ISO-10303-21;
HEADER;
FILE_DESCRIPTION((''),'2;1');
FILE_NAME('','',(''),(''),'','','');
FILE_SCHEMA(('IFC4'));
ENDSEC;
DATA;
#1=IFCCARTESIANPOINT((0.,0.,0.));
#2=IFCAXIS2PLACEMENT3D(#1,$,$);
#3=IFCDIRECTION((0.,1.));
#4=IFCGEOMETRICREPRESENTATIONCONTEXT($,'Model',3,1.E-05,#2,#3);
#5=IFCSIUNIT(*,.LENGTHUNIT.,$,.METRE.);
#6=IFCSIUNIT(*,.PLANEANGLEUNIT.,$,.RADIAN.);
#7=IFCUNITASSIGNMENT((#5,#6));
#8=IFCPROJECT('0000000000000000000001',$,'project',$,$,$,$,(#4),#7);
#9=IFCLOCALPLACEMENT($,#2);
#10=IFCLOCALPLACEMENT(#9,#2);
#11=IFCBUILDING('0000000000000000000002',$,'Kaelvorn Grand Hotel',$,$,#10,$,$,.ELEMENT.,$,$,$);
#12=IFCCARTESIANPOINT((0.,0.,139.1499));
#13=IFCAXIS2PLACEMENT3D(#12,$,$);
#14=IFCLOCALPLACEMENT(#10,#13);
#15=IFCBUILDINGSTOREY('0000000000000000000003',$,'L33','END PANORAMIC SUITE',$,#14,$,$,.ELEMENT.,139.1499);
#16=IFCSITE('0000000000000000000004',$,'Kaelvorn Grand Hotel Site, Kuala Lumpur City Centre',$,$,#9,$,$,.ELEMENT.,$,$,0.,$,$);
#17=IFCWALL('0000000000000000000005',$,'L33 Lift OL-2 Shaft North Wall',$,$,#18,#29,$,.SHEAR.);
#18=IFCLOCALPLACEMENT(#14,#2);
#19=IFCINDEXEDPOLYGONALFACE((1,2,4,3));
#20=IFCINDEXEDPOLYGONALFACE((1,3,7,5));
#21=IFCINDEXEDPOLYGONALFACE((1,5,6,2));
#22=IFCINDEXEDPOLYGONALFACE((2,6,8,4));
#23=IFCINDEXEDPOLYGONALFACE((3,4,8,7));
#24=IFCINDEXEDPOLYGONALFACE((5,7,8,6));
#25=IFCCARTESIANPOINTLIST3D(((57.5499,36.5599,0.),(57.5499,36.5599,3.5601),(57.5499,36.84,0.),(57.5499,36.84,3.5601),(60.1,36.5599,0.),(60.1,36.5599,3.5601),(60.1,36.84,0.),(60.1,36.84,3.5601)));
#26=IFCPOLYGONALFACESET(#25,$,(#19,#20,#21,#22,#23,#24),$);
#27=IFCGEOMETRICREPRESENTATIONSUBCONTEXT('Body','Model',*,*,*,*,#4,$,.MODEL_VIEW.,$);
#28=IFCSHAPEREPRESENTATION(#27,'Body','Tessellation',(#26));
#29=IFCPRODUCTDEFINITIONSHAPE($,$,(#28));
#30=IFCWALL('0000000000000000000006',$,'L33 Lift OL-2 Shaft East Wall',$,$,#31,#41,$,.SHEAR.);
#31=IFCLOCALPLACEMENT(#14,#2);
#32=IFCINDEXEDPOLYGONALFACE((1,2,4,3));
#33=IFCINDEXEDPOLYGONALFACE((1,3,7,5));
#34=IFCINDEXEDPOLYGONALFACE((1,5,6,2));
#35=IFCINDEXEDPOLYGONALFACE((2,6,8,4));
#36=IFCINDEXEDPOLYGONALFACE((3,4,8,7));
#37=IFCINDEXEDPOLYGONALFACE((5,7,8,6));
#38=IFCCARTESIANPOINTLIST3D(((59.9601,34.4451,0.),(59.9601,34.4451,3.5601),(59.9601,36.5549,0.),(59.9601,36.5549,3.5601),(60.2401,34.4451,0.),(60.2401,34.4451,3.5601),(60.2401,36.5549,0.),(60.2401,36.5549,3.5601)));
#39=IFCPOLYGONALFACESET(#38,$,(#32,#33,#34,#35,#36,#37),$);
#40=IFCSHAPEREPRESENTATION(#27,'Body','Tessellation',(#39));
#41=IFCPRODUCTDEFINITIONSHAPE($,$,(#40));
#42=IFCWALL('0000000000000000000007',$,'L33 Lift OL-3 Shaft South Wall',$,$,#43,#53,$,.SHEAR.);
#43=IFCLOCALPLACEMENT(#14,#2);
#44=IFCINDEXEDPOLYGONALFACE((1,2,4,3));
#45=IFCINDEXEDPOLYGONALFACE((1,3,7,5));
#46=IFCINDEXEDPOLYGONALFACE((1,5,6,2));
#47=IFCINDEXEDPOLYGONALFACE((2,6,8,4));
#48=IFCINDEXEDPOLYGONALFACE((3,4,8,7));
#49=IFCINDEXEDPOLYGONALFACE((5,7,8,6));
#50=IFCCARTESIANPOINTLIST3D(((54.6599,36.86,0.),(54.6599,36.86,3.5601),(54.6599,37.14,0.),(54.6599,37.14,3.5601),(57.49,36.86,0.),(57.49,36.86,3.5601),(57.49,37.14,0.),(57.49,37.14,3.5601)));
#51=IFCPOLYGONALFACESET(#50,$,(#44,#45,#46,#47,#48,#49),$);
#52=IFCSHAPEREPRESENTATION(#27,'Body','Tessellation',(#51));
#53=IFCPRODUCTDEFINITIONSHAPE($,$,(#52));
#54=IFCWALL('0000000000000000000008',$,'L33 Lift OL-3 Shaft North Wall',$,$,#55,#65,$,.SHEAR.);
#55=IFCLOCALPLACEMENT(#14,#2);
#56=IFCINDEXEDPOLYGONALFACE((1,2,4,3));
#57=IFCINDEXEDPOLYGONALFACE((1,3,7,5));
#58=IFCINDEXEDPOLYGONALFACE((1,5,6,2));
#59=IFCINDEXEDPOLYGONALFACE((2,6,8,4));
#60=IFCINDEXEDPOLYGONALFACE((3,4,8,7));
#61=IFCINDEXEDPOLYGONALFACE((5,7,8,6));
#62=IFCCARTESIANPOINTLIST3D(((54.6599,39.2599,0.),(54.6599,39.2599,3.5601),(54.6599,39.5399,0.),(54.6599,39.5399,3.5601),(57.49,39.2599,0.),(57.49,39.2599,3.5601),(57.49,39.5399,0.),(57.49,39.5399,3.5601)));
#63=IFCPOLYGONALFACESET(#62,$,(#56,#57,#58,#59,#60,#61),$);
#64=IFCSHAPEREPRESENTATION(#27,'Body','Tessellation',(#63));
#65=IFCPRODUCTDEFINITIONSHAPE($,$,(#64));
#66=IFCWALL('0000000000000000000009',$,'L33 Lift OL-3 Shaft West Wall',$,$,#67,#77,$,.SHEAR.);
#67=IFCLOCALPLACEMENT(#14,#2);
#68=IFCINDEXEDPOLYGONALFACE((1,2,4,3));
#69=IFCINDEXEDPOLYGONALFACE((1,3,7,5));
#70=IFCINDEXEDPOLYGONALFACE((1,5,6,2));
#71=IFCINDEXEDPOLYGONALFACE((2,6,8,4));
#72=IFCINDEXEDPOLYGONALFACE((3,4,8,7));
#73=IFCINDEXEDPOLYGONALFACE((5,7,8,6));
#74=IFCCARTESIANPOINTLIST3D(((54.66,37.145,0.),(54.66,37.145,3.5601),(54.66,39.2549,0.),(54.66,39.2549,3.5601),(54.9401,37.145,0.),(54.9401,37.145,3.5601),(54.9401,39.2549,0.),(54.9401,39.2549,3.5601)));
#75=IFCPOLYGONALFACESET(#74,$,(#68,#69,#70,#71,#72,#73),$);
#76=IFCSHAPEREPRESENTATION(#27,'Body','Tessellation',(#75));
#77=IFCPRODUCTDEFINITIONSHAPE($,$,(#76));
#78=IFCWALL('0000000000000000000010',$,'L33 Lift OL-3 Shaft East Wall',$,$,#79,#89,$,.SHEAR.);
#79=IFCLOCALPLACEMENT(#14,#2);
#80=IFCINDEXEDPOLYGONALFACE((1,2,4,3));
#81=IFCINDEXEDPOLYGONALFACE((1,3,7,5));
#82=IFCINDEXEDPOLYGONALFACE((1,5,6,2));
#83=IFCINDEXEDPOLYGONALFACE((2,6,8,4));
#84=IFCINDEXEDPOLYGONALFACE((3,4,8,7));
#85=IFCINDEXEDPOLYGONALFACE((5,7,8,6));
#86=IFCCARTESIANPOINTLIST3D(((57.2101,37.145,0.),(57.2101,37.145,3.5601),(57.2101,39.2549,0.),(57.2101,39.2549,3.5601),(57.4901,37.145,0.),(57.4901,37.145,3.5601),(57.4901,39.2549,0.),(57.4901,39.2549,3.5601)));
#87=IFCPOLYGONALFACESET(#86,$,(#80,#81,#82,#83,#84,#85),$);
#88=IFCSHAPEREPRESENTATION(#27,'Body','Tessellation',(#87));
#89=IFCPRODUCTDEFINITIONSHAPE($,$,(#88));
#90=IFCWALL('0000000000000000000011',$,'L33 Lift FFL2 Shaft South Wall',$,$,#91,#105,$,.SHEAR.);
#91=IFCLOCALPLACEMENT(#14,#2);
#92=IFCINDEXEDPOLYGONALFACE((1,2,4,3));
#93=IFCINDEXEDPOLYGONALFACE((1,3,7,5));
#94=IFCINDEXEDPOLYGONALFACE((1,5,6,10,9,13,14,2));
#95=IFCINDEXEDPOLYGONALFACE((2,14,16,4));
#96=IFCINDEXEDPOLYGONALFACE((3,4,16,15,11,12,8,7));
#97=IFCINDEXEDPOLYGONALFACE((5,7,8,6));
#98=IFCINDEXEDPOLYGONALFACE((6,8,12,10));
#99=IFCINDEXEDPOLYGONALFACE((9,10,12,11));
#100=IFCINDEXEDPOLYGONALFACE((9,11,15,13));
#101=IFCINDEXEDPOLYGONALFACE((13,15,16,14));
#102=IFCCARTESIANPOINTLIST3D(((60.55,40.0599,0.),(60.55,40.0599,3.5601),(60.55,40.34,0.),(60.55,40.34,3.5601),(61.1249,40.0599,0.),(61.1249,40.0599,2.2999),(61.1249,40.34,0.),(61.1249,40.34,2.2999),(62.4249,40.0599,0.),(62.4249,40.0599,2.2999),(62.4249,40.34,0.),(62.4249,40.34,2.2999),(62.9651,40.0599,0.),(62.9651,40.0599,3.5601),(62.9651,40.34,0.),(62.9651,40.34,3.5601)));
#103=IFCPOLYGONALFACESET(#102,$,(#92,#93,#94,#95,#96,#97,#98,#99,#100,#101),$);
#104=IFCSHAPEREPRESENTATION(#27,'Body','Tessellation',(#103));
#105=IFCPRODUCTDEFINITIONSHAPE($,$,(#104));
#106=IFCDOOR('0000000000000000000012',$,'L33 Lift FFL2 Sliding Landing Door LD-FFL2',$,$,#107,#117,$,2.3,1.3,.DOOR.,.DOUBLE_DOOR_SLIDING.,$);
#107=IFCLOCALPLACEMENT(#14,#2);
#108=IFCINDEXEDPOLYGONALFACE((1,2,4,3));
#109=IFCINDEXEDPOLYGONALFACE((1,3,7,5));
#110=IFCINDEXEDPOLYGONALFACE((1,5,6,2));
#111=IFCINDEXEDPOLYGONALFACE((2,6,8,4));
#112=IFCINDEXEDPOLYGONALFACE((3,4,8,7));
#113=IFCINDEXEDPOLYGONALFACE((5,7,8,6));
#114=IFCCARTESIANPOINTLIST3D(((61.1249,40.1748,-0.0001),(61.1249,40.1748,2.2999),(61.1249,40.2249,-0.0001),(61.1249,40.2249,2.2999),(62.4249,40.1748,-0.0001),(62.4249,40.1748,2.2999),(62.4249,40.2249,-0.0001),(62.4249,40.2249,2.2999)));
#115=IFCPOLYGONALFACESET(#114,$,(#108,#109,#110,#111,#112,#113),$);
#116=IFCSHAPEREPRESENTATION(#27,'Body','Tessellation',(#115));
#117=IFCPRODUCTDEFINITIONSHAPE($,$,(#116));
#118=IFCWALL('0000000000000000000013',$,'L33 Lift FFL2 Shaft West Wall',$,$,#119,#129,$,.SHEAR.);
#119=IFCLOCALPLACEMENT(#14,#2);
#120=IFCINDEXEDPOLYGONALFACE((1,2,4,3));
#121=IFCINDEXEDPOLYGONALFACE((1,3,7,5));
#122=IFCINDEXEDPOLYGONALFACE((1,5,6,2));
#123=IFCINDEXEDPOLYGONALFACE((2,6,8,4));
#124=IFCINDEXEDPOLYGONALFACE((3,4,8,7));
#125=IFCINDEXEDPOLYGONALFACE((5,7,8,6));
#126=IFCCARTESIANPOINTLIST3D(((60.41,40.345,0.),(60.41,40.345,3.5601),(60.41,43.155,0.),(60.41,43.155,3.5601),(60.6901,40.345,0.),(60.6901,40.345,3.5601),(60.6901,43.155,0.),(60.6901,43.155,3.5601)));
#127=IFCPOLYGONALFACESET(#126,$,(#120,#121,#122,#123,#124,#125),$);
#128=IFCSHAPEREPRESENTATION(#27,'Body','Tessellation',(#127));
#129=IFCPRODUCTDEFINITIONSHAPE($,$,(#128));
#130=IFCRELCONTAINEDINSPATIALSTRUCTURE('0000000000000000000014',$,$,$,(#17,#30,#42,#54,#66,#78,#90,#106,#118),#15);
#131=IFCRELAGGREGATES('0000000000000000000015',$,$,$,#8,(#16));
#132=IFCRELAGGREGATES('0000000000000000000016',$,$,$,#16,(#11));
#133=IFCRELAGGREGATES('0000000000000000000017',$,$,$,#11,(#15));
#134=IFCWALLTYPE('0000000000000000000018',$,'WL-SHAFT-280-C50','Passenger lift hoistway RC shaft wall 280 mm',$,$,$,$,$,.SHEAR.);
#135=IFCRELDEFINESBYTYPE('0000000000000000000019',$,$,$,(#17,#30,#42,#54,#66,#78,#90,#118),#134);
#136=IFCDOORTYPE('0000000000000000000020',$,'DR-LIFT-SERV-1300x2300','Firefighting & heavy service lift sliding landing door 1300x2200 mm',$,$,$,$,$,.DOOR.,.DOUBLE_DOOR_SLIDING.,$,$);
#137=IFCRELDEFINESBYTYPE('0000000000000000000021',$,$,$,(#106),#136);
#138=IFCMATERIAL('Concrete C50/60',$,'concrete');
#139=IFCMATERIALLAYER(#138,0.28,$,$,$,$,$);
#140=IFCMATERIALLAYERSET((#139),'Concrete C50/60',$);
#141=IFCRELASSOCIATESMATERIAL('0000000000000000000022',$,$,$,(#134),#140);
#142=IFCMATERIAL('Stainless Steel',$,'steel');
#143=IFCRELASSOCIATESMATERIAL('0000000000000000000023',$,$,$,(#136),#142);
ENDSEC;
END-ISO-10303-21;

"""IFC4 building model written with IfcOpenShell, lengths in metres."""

from ifc_helpers import new_model, si_unit, direction, frame, frame_2d, origin, place, context, subcontext, project, spatial, rectangle, extrude, material, layer, layer_set, type_object, element, fill, save


model = new_model("IFC4")

# Units and contexts
model_context = context("Model", 3, precision=1e-05, world=origin(), true_north=direction((0.0, 1.0)))
body_context = subcontext(model_context, "Body", "Model", "MODEL_VIEW")
ifc_project = project(units=[si_unit("LENGTHUNIT", "METRE"), si_unit("PLANEANGLEUNIT", "RADIAN")], contexts=[model_context])

# Site, building, storey
site_placement = place(None, origin())
site = spatial("IfcSite", under=ifc_project, at=site_placement, Name="Kaelvorn Grand Hotel Site, Kuala Lumpur City Centre", CompositionType="ELEMENT", RefElevation=0.0)
building_placement = place(site_placement, origin())
building = spatial("IfcBuilding", under=site, at=building_placement, Name="Kaelvorn Grand Hotel", CompositionType="ELEMENT")
storey_placement = place(building_placement, frame((0.0, 0.0, 139.1499)))
storey = spatial("IfcBuildingStorey", under=building, at=storey_placement, Name="L33", Description="END PANORAMIC SUITE", CompositionType="ELEMENT", Elevation=139.1499)

# Walls
ifc_material_1 = material(Name="Concrete C50/60", Category="concrete")
ifc_layer_1 = layer(ifc_material_1, 0.28)
ifc_layer_set_1 = layer_set([ifc_layer_1], Name="Concrete C50/60")
wall_type_1 = type_object("IfcWallType", Name="WL-SHAFT-280-C50", Description="Passenger lift hoistway RC shaft wall 280 mm", PredefinedType="SHEAR", material=ifc_layer_set_1)
for number, where, z_axis, x_axis, name in (
    (1, (57.55, 36.7, 0.0), (0.0, 0.0, 1.0), (1.0, 0.0, 0.0), "L33 Lift OL-2 Shaft North Wall"),
):
    element("IfcWall", number, at=place(storey_placement, frame(where, z_axis=z_axis, x_axis=x_axis)), inside=storey, type_object=wall_type_1, Name=name, PredefinedType="SHEAR", context=body_context, shape_type="SweptSolid", body=[
        extrude(rectangle(XDim=2.55, YDim=0.28, at=frame_2d((1.2749, 0.0))), origin(), (0.0, 0.0, 1.0), 3.5601),
    ])
wall_1_placement = place(storey_placement, frame((60.1001, 34.4451, 0.0), z_axis=(0.0, 0.0, 1.0), x_axis=(0.0, 1.0, 0.0)))
element("IfcWall", 2, at=wall_1_placement, inside=storey, type_object=wall_type_1, Name="L33 Lift OL-2 Shaft East Wall", PredefinedType="SHEAR", context=body_context, shape_type="SweptSolid", body=[
    extrude(rectangle(XDim=2.1099, YDim=0.28, at=frame_2d((1.0549, 0.0))), origin(), (0.0, 0.0, 1.0), 3.5601),
])
for number, where, z_axis, x_axis, name in (
    (3, (54.6599, 37.0, 0.0), (0.0, 0.0, 1.0), (1.0, 0.0, 0.0), "L33 Lift OL-3 Shaft South Wall"),
    (4, (54.6599, 39.3999, 0.0), (0.0, 0.0, 1.0), (1.0, 0.0, 0.0), "L33 Lift OL-3 Shaft North Wall"),
):
    element("IfcWall", number, at=place(storey_placement, frame(where, z_axis=z_axis, x_axis=x_axis)), inside=storey, type_object=wall_type_1, Name=name, PredefinedType="SHEAR", context=body_context, shape_type="SweptSolid", body=[
        extrude(rectangle(XDim=2.8301, YDim=0.28, at=frame_2d((1.415, 0.0))), origin(), (0.0, 0.0, 1.0), 3.5601),
    ])
for number, where, z_axis, x_axis, name in (
    (5, (54.8, 37.145, 0.0), (0.0, 0.0, 1.0), (0.0, 1.0, 0.0), "L33 Lift OL-3 Shaft West Wall"),
    (6, (57.3501, 37.145, 0.0), (0.0, 0.0, 1.0), (0.0, 1.0, 0.0), "L33 Lift OL-3 Shaft East Wall"),
):
    element("IfcWall", number, at=place(storey_placement, frame(where, z_axis=z_axis, x_axis=x_axis)), inside=storey, type_object=wall_type_1, Name=name, PredefinedType="SHEAR", context=body_context, shape_type="SweptSolid", body=[
        extrude(rectangle(XDim=2.1099, YDim=0.28, at=frame_2d((1.0549, 0.0))), origin(), (0.0, 0.0, 1.0), 3.5601),
    ])

# Wall, opening, door
wall_2_placement = place(storey_placement, frame((60.55, 40.2, 0.0), z_axis=(0.0, 0.0, 1.0), x_axis=(1.0, 0.0, 0.0)))
wall_2 = element("IfcWall", 7, at=wall_2_placement, inside=storey, type_object=wall_type_1, Name="L33 Lift FFL2 Shaft South Wall", PredefinedType="SHEAR", context=body_context, shape_type="SweptSolid", body=[
    extrude(rectangle(XDim=2.415, YDim=0.28, at=frame_2d((1.2075, 0.0))), origin(), (0.0, 0.0, 1.0), 3.5601),
])
opening_1_placement = place(wall_2_placement, frame((0.575, 0.0, 0.0)))
opening_1 = element("IfcOpeningElement", 8, at=opening_1_placement, cuts=wall_2, PredefinedType="OPENING", context=body_context, shape_type="SweptSolid", body=[
    extrude(rectangle(XDim=1.3, YDim=2.3, at=frame_2d((0.6499, 1.1499))), frame((0.0, 0.1499, 0.0), z_axis=(0.0, -1.0, 0.0), x_axis=(1.0, 0.0, 0.0)), (0.0, 0.0, 1.0), 0.3),
])
ifc_material_2 = material(Name="Stainless Steel", Category="steel")
door_type_1 = type_object("IfcDoorType", Name="DR-LIFT-SERV-1300x2300", Description="Firefighting & heavy service lift sliding landing door 1300x2200 mm", OperationType="DOUBLE_DOOR_SLIDING", PredefinedType="DOOR", material=ifc_material_2)
door_1_placement = place(opening_1_placement, origin())
door_1 = element("IfcDoor", 9, at=door_1_placement, inside=storey, type_object=door_type_1, Name="L33 Lift FFL2 Sliding Landing Door LD-FFL2", OperationType="DOUBLE_DOOR_SLIDING", OverallHeight=2.3, OverallWidth=1.3, PredefinedType="DOOR", context=body_context, shape_type="SweptSolid", body=[
    extrude(rectangle(XDim=1.3, YDim=2.3, at=frame_2d((0.6499, 1.1499))), frame((0.0, 0.0249, 0.0), z_axis=(0.0, -1.0, 0.0), x_axis=(1.0, 0.0, 0.0)), (0.0, 0.0, 1.0), 0.05),
])
fill(opening_1, door_1)

# Wall
wall_3_placement = place(storey_placement, frame((60.55, 40.345, 0.0), z_axis=(0.0, 0.0, 1.0), x_axis=(0.0, 1.0, 0.0)))
element("IfcWall", 10, at=wall_3_placement, inside=storey, type_object=wall_type_1, Name="L33 Lift FFL2 Shaft West Wall", PredefinedType="SHEAR", context=body_context, shape_type="SweptSolid", body=[
    extrude(rectangle(XDim=2.8101, YDim=0.28, at=frame_2d((1.405, 0.0))), origin(), (0.0, 0.0, 1.0), 3.5601),
])

save(model, "model.ifc")
